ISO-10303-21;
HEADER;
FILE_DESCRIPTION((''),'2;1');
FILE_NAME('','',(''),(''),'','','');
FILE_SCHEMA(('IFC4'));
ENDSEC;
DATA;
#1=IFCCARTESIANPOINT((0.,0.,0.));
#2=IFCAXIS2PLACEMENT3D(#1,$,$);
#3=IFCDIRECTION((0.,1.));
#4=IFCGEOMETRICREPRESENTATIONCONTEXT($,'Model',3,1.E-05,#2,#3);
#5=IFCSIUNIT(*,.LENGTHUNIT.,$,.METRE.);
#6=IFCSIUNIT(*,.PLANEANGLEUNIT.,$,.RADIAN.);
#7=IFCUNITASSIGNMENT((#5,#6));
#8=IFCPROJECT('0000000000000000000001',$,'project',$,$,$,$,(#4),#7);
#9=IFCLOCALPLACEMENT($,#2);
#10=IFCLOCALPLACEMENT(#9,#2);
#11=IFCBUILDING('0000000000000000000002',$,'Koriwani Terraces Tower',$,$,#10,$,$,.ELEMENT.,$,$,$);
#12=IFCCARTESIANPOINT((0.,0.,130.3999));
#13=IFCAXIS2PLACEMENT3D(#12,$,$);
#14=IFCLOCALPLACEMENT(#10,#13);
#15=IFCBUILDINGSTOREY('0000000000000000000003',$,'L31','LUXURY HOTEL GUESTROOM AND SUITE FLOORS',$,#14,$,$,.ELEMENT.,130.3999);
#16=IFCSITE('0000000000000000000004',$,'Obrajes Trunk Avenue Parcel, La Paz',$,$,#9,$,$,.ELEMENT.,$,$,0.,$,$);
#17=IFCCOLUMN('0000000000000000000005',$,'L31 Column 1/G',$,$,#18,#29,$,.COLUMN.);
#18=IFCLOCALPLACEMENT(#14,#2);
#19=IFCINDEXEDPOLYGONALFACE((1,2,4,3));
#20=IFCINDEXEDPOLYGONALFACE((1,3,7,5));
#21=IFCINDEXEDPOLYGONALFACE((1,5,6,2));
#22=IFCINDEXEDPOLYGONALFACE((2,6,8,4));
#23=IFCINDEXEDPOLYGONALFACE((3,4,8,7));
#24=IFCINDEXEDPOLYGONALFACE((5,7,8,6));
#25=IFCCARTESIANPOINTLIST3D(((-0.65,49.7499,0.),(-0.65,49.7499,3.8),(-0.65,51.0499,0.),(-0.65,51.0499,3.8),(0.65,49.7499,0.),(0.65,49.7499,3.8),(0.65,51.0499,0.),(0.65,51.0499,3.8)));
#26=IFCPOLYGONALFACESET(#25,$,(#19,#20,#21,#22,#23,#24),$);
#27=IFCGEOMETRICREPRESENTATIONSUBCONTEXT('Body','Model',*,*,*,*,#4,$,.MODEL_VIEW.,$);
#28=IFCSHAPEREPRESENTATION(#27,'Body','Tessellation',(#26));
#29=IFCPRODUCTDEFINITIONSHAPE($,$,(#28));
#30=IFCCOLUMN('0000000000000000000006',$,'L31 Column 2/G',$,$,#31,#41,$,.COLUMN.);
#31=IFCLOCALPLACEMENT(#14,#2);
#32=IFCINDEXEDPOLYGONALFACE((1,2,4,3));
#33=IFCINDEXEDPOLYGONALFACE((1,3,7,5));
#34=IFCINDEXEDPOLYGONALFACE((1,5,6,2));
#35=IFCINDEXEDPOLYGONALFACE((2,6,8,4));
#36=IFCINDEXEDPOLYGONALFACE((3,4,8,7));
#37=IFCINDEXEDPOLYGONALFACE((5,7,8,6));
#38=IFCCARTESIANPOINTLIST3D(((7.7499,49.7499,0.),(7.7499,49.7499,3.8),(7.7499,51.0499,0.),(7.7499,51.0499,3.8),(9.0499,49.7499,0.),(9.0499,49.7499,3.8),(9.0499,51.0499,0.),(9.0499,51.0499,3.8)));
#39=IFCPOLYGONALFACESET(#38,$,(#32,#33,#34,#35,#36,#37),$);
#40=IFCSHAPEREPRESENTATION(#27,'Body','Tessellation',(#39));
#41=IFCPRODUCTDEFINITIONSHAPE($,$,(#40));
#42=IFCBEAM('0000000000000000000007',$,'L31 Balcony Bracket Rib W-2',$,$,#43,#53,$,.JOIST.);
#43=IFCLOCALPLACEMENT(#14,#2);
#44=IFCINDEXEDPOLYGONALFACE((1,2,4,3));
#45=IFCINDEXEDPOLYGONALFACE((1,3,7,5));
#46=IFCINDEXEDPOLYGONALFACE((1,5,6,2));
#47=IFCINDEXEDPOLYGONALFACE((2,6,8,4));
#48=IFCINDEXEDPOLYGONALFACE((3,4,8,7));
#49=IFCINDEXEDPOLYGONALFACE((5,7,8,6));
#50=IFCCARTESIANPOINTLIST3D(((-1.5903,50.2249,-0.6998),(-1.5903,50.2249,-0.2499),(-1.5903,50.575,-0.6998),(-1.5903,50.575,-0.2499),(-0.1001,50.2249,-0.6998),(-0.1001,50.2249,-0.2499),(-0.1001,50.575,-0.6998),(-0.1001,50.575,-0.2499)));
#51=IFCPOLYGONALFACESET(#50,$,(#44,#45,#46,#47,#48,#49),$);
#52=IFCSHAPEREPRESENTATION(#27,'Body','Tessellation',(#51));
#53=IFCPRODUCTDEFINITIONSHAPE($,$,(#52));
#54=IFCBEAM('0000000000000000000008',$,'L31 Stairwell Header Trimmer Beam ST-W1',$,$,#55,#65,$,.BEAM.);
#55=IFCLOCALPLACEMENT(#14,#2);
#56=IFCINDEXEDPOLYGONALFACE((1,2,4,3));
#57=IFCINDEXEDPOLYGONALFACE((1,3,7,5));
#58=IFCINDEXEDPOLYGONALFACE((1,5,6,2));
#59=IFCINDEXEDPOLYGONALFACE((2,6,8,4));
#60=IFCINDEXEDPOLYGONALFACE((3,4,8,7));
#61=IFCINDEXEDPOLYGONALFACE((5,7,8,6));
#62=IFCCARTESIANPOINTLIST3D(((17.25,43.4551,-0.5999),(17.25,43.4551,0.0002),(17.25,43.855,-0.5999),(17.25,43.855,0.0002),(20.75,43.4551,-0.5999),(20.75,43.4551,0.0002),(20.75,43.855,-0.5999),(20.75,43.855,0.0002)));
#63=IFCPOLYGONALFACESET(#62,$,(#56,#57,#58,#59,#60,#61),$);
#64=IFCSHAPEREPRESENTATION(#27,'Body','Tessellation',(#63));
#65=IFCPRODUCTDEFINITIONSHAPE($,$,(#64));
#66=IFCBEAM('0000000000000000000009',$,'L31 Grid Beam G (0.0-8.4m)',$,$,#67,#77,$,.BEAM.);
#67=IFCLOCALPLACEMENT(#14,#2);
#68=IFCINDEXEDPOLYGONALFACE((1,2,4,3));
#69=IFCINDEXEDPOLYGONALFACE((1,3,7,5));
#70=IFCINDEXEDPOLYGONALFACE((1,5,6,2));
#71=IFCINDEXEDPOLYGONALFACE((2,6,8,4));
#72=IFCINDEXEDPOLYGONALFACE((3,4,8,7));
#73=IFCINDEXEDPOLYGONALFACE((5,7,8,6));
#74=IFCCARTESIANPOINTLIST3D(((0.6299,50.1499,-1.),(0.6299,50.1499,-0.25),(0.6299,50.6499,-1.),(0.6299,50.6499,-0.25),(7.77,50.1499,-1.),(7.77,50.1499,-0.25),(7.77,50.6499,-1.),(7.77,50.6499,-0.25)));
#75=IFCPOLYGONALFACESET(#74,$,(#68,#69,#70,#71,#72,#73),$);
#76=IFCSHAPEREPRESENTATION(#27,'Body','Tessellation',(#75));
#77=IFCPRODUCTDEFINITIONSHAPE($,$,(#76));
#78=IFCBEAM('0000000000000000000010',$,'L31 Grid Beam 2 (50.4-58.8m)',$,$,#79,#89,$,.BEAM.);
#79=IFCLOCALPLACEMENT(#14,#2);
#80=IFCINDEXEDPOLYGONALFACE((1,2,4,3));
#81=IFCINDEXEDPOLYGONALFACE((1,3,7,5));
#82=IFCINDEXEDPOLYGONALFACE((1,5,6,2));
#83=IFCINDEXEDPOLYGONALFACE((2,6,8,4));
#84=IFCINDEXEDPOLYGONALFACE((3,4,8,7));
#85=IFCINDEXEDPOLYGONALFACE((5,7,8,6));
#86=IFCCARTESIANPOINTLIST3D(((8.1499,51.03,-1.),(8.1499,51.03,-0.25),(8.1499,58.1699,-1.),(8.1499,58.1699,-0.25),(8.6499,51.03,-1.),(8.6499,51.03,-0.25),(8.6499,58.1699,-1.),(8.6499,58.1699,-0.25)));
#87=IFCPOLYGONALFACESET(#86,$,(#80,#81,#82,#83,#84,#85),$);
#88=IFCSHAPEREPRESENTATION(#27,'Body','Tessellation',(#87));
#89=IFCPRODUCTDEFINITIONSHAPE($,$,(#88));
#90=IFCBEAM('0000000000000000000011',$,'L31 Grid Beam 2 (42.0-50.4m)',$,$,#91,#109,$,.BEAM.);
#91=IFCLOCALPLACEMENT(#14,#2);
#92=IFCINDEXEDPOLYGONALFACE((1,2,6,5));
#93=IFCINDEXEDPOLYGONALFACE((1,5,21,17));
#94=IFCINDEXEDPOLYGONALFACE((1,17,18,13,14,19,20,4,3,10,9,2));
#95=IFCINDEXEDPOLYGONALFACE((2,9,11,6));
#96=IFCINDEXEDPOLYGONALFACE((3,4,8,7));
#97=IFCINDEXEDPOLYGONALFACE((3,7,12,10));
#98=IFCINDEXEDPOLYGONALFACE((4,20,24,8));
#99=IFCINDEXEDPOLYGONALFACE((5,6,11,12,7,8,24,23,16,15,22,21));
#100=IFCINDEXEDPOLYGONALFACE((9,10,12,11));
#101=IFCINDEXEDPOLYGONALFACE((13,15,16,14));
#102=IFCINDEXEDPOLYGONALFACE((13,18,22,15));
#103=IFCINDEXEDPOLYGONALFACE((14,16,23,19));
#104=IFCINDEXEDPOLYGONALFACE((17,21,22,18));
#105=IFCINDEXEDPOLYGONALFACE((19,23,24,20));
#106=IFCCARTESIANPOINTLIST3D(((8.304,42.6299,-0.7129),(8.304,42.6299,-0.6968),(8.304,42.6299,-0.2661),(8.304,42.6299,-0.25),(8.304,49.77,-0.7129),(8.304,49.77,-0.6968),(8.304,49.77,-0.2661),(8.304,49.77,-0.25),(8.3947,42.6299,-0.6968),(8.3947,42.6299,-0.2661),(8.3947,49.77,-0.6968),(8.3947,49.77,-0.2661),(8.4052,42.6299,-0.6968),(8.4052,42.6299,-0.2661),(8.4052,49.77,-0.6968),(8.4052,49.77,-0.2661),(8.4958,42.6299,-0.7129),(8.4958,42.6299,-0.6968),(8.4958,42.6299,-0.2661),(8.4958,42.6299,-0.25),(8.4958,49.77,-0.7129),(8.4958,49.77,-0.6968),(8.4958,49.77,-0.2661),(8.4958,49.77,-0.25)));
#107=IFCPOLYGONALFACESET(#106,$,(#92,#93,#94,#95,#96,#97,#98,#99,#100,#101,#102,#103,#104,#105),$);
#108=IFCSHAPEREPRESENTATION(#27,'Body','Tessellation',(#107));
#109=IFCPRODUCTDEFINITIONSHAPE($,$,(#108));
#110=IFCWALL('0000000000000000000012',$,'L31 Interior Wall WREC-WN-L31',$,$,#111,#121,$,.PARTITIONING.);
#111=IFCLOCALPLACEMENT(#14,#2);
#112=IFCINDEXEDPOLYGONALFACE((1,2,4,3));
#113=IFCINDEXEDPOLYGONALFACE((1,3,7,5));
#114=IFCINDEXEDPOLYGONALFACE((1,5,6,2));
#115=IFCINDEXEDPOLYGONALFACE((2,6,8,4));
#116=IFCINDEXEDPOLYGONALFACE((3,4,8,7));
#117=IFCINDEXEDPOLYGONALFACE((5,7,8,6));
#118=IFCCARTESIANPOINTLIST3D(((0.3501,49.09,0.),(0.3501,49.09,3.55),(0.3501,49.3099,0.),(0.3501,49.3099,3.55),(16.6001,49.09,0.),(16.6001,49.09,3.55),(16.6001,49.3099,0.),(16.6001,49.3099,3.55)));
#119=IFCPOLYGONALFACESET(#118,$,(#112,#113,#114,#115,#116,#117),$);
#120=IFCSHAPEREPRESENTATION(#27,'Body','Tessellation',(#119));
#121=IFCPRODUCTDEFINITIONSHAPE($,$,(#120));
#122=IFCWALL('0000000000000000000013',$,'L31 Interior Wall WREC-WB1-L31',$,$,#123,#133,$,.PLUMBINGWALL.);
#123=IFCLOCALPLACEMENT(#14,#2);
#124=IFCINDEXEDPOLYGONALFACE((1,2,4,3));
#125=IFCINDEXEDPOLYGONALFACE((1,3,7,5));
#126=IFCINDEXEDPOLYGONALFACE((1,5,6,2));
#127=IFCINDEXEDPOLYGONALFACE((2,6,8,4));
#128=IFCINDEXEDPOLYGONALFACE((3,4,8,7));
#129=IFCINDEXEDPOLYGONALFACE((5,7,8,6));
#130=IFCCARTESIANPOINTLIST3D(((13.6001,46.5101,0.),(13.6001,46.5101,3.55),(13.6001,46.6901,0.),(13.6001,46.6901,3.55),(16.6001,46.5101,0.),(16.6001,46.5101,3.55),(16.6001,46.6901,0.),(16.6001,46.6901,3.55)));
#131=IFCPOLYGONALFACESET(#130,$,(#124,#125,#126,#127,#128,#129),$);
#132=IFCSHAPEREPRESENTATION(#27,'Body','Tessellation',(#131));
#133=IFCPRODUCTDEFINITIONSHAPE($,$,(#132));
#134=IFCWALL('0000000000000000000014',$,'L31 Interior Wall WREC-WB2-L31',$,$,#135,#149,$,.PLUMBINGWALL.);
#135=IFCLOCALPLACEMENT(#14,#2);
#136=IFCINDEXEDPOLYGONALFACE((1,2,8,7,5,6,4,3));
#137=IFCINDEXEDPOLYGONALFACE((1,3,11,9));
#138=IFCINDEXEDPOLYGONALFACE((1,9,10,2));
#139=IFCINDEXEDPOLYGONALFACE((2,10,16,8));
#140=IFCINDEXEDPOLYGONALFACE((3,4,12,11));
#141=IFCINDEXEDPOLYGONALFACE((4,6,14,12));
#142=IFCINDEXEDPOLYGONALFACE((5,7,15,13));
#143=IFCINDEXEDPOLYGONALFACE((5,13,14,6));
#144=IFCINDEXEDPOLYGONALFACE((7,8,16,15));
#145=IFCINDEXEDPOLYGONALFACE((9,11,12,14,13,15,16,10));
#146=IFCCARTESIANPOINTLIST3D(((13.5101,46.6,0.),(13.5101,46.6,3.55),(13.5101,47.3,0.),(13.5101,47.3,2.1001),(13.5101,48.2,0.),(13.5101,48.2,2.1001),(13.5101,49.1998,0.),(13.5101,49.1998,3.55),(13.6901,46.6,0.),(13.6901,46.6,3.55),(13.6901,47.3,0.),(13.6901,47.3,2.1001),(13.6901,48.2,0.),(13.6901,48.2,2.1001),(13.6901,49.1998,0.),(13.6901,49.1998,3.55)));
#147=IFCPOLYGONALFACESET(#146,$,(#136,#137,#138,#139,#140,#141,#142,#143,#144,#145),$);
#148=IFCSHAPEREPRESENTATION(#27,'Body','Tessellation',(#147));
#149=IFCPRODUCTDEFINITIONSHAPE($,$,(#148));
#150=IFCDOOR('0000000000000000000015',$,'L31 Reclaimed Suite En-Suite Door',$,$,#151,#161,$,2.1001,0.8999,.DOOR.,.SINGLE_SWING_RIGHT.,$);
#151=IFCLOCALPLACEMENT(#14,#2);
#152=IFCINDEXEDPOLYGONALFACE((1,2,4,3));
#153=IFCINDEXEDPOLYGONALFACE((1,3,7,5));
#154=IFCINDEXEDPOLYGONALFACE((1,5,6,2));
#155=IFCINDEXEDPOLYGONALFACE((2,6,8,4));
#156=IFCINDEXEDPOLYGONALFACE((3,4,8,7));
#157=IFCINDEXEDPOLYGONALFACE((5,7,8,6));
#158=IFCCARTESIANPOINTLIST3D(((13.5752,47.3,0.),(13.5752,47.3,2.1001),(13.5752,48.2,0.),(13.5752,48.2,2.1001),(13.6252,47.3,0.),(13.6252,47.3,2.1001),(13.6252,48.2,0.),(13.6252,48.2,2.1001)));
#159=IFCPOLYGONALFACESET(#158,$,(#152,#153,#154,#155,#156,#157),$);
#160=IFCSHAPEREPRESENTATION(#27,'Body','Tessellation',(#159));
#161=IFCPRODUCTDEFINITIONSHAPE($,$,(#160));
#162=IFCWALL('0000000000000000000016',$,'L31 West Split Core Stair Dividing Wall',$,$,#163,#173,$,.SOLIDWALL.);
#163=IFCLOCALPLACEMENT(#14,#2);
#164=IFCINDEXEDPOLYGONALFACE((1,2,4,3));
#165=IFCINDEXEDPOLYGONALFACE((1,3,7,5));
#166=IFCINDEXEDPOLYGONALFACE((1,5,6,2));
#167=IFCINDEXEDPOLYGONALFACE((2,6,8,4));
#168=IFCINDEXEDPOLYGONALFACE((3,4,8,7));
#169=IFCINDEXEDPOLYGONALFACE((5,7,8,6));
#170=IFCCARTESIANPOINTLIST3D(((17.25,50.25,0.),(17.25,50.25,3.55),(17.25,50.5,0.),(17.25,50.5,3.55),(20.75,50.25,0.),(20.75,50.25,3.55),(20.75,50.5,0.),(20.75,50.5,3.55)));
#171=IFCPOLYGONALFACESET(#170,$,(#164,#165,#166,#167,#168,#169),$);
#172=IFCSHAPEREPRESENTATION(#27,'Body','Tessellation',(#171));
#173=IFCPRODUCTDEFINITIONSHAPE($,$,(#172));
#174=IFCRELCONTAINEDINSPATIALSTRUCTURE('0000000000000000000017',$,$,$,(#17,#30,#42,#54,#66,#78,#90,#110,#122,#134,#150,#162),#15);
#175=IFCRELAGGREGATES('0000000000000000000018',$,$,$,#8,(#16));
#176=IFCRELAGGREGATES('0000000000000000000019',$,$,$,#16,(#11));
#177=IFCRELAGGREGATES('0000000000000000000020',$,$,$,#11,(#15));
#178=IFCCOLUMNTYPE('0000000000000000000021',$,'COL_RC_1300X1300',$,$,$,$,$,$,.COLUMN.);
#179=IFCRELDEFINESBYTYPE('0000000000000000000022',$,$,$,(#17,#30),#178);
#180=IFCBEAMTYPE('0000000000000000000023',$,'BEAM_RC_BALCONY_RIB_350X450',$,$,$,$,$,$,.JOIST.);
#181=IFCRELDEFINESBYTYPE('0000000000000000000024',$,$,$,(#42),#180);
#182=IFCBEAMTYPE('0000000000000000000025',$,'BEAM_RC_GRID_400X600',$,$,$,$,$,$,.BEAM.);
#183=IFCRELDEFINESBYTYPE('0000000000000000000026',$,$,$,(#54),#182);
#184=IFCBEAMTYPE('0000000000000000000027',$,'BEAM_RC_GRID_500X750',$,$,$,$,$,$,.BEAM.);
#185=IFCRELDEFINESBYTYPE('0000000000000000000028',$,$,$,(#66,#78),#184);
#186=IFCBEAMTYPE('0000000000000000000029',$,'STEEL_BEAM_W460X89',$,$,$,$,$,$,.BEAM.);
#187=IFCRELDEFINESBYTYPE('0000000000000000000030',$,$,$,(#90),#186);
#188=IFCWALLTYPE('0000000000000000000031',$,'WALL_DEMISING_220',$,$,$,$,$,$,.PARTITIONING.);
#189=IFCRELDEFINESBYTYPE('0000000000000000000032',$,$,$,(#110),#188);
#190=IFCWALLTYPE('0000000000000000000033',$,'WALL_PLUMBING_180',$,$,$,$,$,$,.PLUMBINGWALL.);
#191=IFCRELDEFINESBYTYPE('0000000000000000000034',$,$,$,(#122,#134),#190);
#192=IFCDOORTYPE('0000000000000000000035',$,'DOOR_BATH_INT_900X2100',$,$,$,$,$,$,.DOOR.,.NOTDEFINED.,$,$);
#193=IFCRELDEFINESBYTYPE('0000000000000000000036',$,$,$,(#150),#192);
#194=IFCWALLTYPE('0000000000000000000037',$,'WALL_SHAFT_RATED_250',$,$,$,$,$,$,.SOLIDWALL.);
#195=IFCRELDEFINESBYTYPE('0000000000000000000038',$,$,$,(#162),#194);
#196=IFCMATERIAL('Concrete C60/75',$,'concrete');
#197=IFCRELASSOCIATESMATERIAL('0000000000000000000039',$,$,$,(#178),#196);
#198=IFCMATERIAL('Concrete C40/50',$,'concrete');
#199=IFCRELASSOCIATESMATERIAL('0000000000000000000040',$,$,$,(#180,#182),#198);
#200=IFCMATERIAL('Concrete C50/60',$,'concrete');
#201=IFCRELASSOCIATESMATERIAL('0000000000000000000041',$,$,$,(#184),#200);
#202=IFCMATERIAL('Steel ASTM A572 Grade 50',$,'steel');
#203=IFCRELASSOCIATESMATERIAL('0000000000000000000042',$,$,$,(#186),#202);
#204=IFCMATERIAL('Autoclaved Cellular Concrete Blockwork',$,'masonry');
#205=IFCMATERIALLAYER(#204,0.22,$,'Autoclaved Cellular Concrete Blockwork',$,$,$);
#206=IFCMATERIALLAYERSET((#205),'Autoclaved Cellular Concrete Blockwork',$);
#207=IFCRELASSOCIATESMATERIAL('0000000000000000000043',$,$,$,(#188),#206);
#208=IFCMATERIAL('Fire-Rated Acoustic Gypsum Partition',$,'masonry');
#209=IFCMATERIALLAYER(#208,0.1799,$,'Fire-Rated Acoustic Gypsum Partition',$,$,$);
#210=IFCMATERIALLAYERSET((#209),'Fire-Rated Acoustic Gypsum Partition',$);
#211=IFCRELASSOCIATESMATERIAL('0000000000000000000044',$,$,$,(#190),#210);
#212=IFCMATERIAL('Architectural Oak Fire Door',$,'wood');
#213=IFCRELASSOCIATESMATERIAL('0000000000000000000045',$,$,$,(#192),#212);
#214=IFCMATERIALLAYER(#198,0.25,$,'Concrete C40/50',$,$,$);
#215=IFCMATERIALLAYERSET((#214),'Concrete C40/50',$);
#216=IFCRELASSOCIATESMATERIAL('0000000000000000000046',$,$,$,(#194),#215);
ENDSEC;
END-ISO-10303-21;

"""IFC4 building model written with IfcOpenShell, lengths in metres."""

from ifc_helpers import new_model, si_unit, direction, frame, frame_2d, origin, origin_2d, place, context, subcontext, project, spatial, rectangle, i_section, extrude, material, layer, layer_set, material_profile, profile_set, type_object, element, fill, save


model = new_model("IFC4")

# Units and contexts
model_context = context("Model", 3, precision=1e-05, world=origin(), true_north=direction((0.0, 1.0)))
body_context = subcontext(model_context, "Body", "Model", "MODEL_VIEW")
ifc_project = project(units=[si_unit("LENGTHUNIT", "METRE"), si_unit("PLANEANGLEUNIT", "RADIAN")], contexts=[model_context])

# Site, building, storey
site_placement = place(None, origin())
site = spatial("IfcSite", under=ifc_project, at=site_placement, Name="Obrajes Trunk Avenue Parcel, La Paz", CompositionType="ELEMENT", RefElevation=0.0)
building_placement = place(site_placement, origin())
building = spatial("IfcBuilding", under=site, at=building_placement, Name="Koriwani Terraces Tower", CompositionType="ELEMENT")
storey_placement = place(building_placement, frame((0.0, 0.0, 130.3999)))
storey = spatial("IfcBuildingStorey", under=building, at=storey_placement, Name="L31", Description="LUXURY HOTEL GUESTROOM AND SUITE FLOORS", CompositionType="ELEMENT", Elevation=130.3999)

# Columns
ifc_material_1 = material(Name="Concrete C60/75", Category="concrete")
ifc_material_profile_1 = material_profile(ifc_material_1, rectangle(XDim=1.3, YDim=1.3, at=origin_2d()), Name="Concrete C60/75", Category="LoadBearing")
ifc_profile_set_1 = profile_set([ifc_material_profile_1], Name="Concrete C60/75")
column_type = type_object("IfcColumnType", Name="COL_RC_1300X1300", PredefinedType="COLUMN", material=ifc_profile_set_1)
for number, where, z_axis, x_axis, name in (
    (1, (0.0, 50.3999, 0.0), (0.0, 0.0, 1.0), (1.0, 0.0, 0.0), "L31 Column 1/G"),
    (2, (8.3999, 50.3999, 0.0), (0.0, 0.0, 1.0), (1.0, 0.0, 0.0), "L31 Column 2/G"),
):
    element("IfcColumn", number, at=place(storey_placement, frame(where, z_axis=z_axis, x_axis=x_axis)), inside=storey, type_object=column_type, Name=name, PredefinedType="COLUMN", context=body_context, shape_type="SweptSolid", body=[
        extrude(rectangle(XDim=1.3, YDim=1.3, at=origin_2d()), origin(), (0.0, 0.0, 1.0), 3.8),
    ])

# Beams
ifc_material_2 = material(Name="Concrete C40/50", Category="concrete")
ifc_material_profile_2 = material_profile(ifc_material_2, rectangle(XDim=0.3501, YDim=0.45, at=origin_2d()), Name="Concrete C40/50", Category="LoadBearing")
ifc_profile_set_2 = profile_set([ifc_material_profile_2], Name="Concrete C40/50")
beam_type_1 = type_object("IfcBeamType", Name="BEAM_RC_BALCONY_RIB_350X450", PredefinedType="JOIST", material=ifc_profile_set_2)
beam_1_placement = place(storey_placement, frame((-1.5903, 50.3999, -0.4749), z_axis=(1.0, 0.0, 0.0), x_axis=(0.0, 1.0, 0.0)))
element("IfcBeam", 3, at=beam_1_placement, inside=storey, type_object=beam_type_1, Name="L31 Balcony Bracket Rib W-2", PredefinedType="JOIST", context=body_context, shape_type="SweptSolid", body=[
    extrude(rectangle(XDim=0.3501, YDim=0.45, at=origin_2d()), origin(), (0.0, 0.0, 1.0), 1.4902),
])
ifc_material_profile_3 = material_profile(ifc_material_2, rectangle(XDim=0.3999, YDim=0.6001, at=origin_2d()), Name="Concrete C40/50", Category="LoadBearing")
ifc_profile_set_3 = profile_set([ifc_material_profile_3], Name="Concrete C40/50")
beam_type_2 = type_object("IfcBeamType", Name="BEAM_RC_GRID_400X600", PredefinedType="BEAM", material=ifc_profile_set_3)
beam_2_placement = place(storey_placement, frame((17.25, 43.655, -0.2998), z_axis=(1.0, 0.0, 0.0), x_axis=(0.0, 1.0, 0.0)))
element("IfcBeam", 4, at=beam_2_placement, inside=storey, type_object=beam_type_2, Name="L31 Stairwell Header Trimmer Beam ST-W1", PredefinedType="BEAM", context=body_context, shape_type="SweptSolid", body=[
    extrude(rectangle(XDim=0.3999, YDim=0.6001, at=origin_2d()), origin(), (0.0, 0.0, 1.0), 3.5),
])
ifc_material_3 = material(Name="Concrete C50/60", Category="concrete")
ifc_material_profile_4 = material_profile(ifc_material_3, rectangle(XDim=0.5, YDim=0.75, at=origin_2d()), Name="Concrete C50/60", Category="LoadBearing")
ifc_profile_set_4 = profile_set([ifc_material_profile_4], Name="Concrete C50/60")
beam_type_3 = type_object("IfcBeamType", Name="BEAM_RC_GRID_500X750", PredefinedType="BEAM", material=ifc_profile_set_4)
beam_3_placement = place(storey_placement, frame((0.6299, 50.3999, -0.625), z_axis=(1.0, 0.0, 0.0), x_axis=(0.0, 1.0, 0.0)))
element("IfcBeam", 5, at=beam_3_placement, inside=storey, type_object=beam_type_3, Name="L31 Grid Beam G (0.0-8.4m)", PredefinedType="BEAM", context=body_context, shape_type="SweptSolid", body=[
    extrude(rectangle(XDim=0.5, YDim=0.75, at=origin_2d()), origin(), (0.0, 0.0, 1.0), 7.1401),
])
beam_4_placement = place(storey_placement, frame((8.3999, 51.03, -0.625), z_axis=(0.0, 1.0, 0.0), x_axis=(-1.0, 0.0, 0.0)))
element("IfcBeam", 6, at=beam_4_placement, inside=storey, type_object=beam_type_3, Name="L31 Grid Beam 2 (50.4-58.8m)", PredefinedType="BEAM", context=body_context, shape_type="SweptSolid", body=[
    extrude(rectangle(XDim=0.5, YDim=0.75, at=origin_2d()), origin(), (0.0, 0.0, 1.0), 7.1399),
])
ifc_material_4 = material(Name="Steel ASTM A572 Grade 50", Category="steel")
ifc_material_profile_5 = material_profile(ifc_material_4, i_section(OverallWidth=0.1919, OverallDepth=0.4629, WebThickness=0.0105, FlangeThickness=0.0161, at=origin_2d()), Name="Steel ASTM A572 Grade 50", Category="LoadBearing")
ifc_profile_set_5 = profile_set([ifc_material_profile_5], Name="Steel ASTM A572 Grade 50")
beam_type_4 = type_object("IfcBeamType", Name="STEEL_BEAM_W460X89", PredefinedType="BEAM", material=ifc_profile_set_5)
beam_5_placement = place(storey_placement, frame((8.3999, 42.6299, -0.4814), z_axis=(0.0, 1.0, 0.0), x_axis=(-1.0, 0.0, 0.0)))
element("IfcBeam", 7, at=beam_5_placement, inside=storey, type_object=beam_type_4, Name="L31 Grid Beam 2 (42.0-50.4m)", PredefinedType="BEAM", context=body_context, shape_type="SweptSolid", body=[
    extrude(i_section(OverallWidth=0.1919, OverallDepth=0.4629, WebThickness=0.0105, FlangeThickness=0.0161, at=origin_2d()), origin(), (0.0, 0.0, 1.0), 7.1401),
])

# Walls
ifc_material_5 = material(Name="Autoclaved Cellular Concrete Blockwork", Category="masonry")
ifc_layer_1 = layer(ifc_material_5, 0.22, Name="Autoclaved Cellular Concrete Blockwork")
ifc_layer_set_1 = layer_set([ifc_layer_1], Name="Autoclaved Cellular Concrete Blockwork")
wall_type_1 = type_object("IfcWallType", Name="WALL_DEMISING_220", PredefinedType="PARTITIONING", material=ifc_layer_set_1)
wall_1_placement = place(storey_placement, frame((0.3501, 49.2, 0.0), z_axis=(0.0, 0.0, 1.0), x_axis=(1.0, 0.0, 0.0)))
element("IfcWall", 8, at=wall_1_placement, inside=storey, type_object=wall_type_1, Name="L31 Interior Wall WREC-WN-L31", PredefinedType="PARTITIONING", context=body_context, shape_type="SweptSolid", body=[
    extrude(rectangle(XDim=16.25, YDim=0.22, at=frame_2d((8.125, 0.0))), origin(), (0.0, 0.0, 1.0), 3.55),
])
ifc_material_6 = material(Name="Fire-Rated Acoustic Gypsum Partition", Category="masonry")
ifc_layer_2 = layer(ifc_material_6, 0.1799, Name="Fire-Rated Acoustic Gypsum Partition")
ifc_layer_set_2 = layer_set([ifc_layer_2], Name="Fire-Rated Acoustic Gypsum Partition")
wall_type_2 = type_object("IfcWallType", Name="WALL_PLUMBING_180", PredefinedType="PLUMBINGWALL", material=ifc_layer_set_2)
wall_2_placement = place(storey_placement, frame((13.6001, 46.6001, 0.0), z_axis=(0.0, 0.0, 1.0), x_axis=(1.0, 0.0, 0.0)))
element("IfcWall", 9, at=wall_2_placement, inside=storey, type_object=wall_type_2, Name="L31 Interior Wall WREC-WB1-L31", PredefinedType="PLUMBINGWALL", context=body_context, shape_type="SweptSolid", body=[
    extrude(rectangle(XDim=3.0, YDim=0.1799, at=frame_2d((1.5, 0.0))), origin(), (0.0, 0.0, 1.0), 3.55),
])

# Wall, opening, door
wall_3_placement = place(storey_placement, frame((13.6001, 46.6001, 0.0), z_axis=(0.0, 0.0, 1.0), x_axis=(0.0, 1.0, 0.0)))
wall_3 = element("IfcWall", 10, at=wall_3_placement, inside=storey, type_object=wall_type_2, Name="L31 Interior Wall WREC-WB2-L31", PredefinedType="PLUMBINGWALL", context=body_context, shape_type="SweptSolid", body=[
    extrude(rectangle(XDim=2.5999, YDim=0.1799, at=frame_2d((1.2998, 0.0))), origin(), (0.0, 0.0, 1.0), 3.55),
])
opening_1_placement = place(wall_3_placement, frame((0.7, 0.0, 0.0)))
opening_1 = element("IfcOpeningElement", 11, at=opening_1_placement, cuts=wall_3, PredefinedType="OPENING", context=body_context, shape_type="SweptSolid", body=[
    extrude(rectangle(XDim=0.8999, YDim=2.1001, at=frame_2d((0.45, 1.05))), frame((0.0, 0.1001, 0.0), z_axis=(0.0, -1.0, 0.0), x_axis=(1.0, 0.0, 0.0)), (0.0, 0.0, 1.0), 0.2),
])
ifc_material_7 = material(Name="Architectural Oak Fire Door", Category="wood")
door_type_1 = type_object("IfcDoorType", Name="DOOR_BATH_INT_900X2100", OperationType="NOTDEFINED", PredefinedType="DOOR", material=ifc_material_7)
door_1_placement = place(opening_1_placement, origin())
door_1 = element("IfcDoor", 12, at=door_1_placement, inside=storey, type_object=door_type_1, Name="L31 Reclaimed Suite En-Suite Door", OperationType="SINGLE_SWING_RIGHT", OverallHeight=2.1001, OverallWidth=0.8999, PredefinedType="DOOR", context=body_context, shape_type="SweptSolid", body=[
    extrude(rectangle(XDim=0.8999, YDim=2.1001, at=frame_2d((0.45, 1.05))), frame((0.0, 0.0249, 0.0), z_axis=(0.0, -1.0, 0.0), x_axis=(1.0, 0.0, 0.0)), (0.0, 0.0, 1.0), 0.05),
])
fill(opening_1, door_1)

# Wall
ifc_layer_3 = layer(ifc_material_2, 0.25, Name="Concrete C40/50")
ifc_layer_set_3 = layer_set([ifc_layer_3], Name="Concrete C40/50")
wall_type_3 = type_object("IfcWallType", Name="WALL_SHAFT_RATED_250", PredefinedType="SOLIDWALL", material=ifc_layer_set_3)
wall_4_placement = place(storey_placement, frame((17.25, 50.375, 0.0), z_axis=(0.0, 0.0, 1.0), x_axis=(1.0, 0.0, 0.0)))
element("IfcWall", 13, at=wall_4_placement, inside=storey, type_object=wall_type_3, Name="L31 West Split Core Stair Dividing Wall", PredefinedType="SOLIDWALL", context=body_context, shape_type="SweptSolid", body=[
    extrude(rectangle(XDim=3.5, YDim=0.25, at=frame_2d((1.75, 0.0))), origin(), (0.0, 0.0, 1.0), 3.55),
])

save(model, "model.ifc")
